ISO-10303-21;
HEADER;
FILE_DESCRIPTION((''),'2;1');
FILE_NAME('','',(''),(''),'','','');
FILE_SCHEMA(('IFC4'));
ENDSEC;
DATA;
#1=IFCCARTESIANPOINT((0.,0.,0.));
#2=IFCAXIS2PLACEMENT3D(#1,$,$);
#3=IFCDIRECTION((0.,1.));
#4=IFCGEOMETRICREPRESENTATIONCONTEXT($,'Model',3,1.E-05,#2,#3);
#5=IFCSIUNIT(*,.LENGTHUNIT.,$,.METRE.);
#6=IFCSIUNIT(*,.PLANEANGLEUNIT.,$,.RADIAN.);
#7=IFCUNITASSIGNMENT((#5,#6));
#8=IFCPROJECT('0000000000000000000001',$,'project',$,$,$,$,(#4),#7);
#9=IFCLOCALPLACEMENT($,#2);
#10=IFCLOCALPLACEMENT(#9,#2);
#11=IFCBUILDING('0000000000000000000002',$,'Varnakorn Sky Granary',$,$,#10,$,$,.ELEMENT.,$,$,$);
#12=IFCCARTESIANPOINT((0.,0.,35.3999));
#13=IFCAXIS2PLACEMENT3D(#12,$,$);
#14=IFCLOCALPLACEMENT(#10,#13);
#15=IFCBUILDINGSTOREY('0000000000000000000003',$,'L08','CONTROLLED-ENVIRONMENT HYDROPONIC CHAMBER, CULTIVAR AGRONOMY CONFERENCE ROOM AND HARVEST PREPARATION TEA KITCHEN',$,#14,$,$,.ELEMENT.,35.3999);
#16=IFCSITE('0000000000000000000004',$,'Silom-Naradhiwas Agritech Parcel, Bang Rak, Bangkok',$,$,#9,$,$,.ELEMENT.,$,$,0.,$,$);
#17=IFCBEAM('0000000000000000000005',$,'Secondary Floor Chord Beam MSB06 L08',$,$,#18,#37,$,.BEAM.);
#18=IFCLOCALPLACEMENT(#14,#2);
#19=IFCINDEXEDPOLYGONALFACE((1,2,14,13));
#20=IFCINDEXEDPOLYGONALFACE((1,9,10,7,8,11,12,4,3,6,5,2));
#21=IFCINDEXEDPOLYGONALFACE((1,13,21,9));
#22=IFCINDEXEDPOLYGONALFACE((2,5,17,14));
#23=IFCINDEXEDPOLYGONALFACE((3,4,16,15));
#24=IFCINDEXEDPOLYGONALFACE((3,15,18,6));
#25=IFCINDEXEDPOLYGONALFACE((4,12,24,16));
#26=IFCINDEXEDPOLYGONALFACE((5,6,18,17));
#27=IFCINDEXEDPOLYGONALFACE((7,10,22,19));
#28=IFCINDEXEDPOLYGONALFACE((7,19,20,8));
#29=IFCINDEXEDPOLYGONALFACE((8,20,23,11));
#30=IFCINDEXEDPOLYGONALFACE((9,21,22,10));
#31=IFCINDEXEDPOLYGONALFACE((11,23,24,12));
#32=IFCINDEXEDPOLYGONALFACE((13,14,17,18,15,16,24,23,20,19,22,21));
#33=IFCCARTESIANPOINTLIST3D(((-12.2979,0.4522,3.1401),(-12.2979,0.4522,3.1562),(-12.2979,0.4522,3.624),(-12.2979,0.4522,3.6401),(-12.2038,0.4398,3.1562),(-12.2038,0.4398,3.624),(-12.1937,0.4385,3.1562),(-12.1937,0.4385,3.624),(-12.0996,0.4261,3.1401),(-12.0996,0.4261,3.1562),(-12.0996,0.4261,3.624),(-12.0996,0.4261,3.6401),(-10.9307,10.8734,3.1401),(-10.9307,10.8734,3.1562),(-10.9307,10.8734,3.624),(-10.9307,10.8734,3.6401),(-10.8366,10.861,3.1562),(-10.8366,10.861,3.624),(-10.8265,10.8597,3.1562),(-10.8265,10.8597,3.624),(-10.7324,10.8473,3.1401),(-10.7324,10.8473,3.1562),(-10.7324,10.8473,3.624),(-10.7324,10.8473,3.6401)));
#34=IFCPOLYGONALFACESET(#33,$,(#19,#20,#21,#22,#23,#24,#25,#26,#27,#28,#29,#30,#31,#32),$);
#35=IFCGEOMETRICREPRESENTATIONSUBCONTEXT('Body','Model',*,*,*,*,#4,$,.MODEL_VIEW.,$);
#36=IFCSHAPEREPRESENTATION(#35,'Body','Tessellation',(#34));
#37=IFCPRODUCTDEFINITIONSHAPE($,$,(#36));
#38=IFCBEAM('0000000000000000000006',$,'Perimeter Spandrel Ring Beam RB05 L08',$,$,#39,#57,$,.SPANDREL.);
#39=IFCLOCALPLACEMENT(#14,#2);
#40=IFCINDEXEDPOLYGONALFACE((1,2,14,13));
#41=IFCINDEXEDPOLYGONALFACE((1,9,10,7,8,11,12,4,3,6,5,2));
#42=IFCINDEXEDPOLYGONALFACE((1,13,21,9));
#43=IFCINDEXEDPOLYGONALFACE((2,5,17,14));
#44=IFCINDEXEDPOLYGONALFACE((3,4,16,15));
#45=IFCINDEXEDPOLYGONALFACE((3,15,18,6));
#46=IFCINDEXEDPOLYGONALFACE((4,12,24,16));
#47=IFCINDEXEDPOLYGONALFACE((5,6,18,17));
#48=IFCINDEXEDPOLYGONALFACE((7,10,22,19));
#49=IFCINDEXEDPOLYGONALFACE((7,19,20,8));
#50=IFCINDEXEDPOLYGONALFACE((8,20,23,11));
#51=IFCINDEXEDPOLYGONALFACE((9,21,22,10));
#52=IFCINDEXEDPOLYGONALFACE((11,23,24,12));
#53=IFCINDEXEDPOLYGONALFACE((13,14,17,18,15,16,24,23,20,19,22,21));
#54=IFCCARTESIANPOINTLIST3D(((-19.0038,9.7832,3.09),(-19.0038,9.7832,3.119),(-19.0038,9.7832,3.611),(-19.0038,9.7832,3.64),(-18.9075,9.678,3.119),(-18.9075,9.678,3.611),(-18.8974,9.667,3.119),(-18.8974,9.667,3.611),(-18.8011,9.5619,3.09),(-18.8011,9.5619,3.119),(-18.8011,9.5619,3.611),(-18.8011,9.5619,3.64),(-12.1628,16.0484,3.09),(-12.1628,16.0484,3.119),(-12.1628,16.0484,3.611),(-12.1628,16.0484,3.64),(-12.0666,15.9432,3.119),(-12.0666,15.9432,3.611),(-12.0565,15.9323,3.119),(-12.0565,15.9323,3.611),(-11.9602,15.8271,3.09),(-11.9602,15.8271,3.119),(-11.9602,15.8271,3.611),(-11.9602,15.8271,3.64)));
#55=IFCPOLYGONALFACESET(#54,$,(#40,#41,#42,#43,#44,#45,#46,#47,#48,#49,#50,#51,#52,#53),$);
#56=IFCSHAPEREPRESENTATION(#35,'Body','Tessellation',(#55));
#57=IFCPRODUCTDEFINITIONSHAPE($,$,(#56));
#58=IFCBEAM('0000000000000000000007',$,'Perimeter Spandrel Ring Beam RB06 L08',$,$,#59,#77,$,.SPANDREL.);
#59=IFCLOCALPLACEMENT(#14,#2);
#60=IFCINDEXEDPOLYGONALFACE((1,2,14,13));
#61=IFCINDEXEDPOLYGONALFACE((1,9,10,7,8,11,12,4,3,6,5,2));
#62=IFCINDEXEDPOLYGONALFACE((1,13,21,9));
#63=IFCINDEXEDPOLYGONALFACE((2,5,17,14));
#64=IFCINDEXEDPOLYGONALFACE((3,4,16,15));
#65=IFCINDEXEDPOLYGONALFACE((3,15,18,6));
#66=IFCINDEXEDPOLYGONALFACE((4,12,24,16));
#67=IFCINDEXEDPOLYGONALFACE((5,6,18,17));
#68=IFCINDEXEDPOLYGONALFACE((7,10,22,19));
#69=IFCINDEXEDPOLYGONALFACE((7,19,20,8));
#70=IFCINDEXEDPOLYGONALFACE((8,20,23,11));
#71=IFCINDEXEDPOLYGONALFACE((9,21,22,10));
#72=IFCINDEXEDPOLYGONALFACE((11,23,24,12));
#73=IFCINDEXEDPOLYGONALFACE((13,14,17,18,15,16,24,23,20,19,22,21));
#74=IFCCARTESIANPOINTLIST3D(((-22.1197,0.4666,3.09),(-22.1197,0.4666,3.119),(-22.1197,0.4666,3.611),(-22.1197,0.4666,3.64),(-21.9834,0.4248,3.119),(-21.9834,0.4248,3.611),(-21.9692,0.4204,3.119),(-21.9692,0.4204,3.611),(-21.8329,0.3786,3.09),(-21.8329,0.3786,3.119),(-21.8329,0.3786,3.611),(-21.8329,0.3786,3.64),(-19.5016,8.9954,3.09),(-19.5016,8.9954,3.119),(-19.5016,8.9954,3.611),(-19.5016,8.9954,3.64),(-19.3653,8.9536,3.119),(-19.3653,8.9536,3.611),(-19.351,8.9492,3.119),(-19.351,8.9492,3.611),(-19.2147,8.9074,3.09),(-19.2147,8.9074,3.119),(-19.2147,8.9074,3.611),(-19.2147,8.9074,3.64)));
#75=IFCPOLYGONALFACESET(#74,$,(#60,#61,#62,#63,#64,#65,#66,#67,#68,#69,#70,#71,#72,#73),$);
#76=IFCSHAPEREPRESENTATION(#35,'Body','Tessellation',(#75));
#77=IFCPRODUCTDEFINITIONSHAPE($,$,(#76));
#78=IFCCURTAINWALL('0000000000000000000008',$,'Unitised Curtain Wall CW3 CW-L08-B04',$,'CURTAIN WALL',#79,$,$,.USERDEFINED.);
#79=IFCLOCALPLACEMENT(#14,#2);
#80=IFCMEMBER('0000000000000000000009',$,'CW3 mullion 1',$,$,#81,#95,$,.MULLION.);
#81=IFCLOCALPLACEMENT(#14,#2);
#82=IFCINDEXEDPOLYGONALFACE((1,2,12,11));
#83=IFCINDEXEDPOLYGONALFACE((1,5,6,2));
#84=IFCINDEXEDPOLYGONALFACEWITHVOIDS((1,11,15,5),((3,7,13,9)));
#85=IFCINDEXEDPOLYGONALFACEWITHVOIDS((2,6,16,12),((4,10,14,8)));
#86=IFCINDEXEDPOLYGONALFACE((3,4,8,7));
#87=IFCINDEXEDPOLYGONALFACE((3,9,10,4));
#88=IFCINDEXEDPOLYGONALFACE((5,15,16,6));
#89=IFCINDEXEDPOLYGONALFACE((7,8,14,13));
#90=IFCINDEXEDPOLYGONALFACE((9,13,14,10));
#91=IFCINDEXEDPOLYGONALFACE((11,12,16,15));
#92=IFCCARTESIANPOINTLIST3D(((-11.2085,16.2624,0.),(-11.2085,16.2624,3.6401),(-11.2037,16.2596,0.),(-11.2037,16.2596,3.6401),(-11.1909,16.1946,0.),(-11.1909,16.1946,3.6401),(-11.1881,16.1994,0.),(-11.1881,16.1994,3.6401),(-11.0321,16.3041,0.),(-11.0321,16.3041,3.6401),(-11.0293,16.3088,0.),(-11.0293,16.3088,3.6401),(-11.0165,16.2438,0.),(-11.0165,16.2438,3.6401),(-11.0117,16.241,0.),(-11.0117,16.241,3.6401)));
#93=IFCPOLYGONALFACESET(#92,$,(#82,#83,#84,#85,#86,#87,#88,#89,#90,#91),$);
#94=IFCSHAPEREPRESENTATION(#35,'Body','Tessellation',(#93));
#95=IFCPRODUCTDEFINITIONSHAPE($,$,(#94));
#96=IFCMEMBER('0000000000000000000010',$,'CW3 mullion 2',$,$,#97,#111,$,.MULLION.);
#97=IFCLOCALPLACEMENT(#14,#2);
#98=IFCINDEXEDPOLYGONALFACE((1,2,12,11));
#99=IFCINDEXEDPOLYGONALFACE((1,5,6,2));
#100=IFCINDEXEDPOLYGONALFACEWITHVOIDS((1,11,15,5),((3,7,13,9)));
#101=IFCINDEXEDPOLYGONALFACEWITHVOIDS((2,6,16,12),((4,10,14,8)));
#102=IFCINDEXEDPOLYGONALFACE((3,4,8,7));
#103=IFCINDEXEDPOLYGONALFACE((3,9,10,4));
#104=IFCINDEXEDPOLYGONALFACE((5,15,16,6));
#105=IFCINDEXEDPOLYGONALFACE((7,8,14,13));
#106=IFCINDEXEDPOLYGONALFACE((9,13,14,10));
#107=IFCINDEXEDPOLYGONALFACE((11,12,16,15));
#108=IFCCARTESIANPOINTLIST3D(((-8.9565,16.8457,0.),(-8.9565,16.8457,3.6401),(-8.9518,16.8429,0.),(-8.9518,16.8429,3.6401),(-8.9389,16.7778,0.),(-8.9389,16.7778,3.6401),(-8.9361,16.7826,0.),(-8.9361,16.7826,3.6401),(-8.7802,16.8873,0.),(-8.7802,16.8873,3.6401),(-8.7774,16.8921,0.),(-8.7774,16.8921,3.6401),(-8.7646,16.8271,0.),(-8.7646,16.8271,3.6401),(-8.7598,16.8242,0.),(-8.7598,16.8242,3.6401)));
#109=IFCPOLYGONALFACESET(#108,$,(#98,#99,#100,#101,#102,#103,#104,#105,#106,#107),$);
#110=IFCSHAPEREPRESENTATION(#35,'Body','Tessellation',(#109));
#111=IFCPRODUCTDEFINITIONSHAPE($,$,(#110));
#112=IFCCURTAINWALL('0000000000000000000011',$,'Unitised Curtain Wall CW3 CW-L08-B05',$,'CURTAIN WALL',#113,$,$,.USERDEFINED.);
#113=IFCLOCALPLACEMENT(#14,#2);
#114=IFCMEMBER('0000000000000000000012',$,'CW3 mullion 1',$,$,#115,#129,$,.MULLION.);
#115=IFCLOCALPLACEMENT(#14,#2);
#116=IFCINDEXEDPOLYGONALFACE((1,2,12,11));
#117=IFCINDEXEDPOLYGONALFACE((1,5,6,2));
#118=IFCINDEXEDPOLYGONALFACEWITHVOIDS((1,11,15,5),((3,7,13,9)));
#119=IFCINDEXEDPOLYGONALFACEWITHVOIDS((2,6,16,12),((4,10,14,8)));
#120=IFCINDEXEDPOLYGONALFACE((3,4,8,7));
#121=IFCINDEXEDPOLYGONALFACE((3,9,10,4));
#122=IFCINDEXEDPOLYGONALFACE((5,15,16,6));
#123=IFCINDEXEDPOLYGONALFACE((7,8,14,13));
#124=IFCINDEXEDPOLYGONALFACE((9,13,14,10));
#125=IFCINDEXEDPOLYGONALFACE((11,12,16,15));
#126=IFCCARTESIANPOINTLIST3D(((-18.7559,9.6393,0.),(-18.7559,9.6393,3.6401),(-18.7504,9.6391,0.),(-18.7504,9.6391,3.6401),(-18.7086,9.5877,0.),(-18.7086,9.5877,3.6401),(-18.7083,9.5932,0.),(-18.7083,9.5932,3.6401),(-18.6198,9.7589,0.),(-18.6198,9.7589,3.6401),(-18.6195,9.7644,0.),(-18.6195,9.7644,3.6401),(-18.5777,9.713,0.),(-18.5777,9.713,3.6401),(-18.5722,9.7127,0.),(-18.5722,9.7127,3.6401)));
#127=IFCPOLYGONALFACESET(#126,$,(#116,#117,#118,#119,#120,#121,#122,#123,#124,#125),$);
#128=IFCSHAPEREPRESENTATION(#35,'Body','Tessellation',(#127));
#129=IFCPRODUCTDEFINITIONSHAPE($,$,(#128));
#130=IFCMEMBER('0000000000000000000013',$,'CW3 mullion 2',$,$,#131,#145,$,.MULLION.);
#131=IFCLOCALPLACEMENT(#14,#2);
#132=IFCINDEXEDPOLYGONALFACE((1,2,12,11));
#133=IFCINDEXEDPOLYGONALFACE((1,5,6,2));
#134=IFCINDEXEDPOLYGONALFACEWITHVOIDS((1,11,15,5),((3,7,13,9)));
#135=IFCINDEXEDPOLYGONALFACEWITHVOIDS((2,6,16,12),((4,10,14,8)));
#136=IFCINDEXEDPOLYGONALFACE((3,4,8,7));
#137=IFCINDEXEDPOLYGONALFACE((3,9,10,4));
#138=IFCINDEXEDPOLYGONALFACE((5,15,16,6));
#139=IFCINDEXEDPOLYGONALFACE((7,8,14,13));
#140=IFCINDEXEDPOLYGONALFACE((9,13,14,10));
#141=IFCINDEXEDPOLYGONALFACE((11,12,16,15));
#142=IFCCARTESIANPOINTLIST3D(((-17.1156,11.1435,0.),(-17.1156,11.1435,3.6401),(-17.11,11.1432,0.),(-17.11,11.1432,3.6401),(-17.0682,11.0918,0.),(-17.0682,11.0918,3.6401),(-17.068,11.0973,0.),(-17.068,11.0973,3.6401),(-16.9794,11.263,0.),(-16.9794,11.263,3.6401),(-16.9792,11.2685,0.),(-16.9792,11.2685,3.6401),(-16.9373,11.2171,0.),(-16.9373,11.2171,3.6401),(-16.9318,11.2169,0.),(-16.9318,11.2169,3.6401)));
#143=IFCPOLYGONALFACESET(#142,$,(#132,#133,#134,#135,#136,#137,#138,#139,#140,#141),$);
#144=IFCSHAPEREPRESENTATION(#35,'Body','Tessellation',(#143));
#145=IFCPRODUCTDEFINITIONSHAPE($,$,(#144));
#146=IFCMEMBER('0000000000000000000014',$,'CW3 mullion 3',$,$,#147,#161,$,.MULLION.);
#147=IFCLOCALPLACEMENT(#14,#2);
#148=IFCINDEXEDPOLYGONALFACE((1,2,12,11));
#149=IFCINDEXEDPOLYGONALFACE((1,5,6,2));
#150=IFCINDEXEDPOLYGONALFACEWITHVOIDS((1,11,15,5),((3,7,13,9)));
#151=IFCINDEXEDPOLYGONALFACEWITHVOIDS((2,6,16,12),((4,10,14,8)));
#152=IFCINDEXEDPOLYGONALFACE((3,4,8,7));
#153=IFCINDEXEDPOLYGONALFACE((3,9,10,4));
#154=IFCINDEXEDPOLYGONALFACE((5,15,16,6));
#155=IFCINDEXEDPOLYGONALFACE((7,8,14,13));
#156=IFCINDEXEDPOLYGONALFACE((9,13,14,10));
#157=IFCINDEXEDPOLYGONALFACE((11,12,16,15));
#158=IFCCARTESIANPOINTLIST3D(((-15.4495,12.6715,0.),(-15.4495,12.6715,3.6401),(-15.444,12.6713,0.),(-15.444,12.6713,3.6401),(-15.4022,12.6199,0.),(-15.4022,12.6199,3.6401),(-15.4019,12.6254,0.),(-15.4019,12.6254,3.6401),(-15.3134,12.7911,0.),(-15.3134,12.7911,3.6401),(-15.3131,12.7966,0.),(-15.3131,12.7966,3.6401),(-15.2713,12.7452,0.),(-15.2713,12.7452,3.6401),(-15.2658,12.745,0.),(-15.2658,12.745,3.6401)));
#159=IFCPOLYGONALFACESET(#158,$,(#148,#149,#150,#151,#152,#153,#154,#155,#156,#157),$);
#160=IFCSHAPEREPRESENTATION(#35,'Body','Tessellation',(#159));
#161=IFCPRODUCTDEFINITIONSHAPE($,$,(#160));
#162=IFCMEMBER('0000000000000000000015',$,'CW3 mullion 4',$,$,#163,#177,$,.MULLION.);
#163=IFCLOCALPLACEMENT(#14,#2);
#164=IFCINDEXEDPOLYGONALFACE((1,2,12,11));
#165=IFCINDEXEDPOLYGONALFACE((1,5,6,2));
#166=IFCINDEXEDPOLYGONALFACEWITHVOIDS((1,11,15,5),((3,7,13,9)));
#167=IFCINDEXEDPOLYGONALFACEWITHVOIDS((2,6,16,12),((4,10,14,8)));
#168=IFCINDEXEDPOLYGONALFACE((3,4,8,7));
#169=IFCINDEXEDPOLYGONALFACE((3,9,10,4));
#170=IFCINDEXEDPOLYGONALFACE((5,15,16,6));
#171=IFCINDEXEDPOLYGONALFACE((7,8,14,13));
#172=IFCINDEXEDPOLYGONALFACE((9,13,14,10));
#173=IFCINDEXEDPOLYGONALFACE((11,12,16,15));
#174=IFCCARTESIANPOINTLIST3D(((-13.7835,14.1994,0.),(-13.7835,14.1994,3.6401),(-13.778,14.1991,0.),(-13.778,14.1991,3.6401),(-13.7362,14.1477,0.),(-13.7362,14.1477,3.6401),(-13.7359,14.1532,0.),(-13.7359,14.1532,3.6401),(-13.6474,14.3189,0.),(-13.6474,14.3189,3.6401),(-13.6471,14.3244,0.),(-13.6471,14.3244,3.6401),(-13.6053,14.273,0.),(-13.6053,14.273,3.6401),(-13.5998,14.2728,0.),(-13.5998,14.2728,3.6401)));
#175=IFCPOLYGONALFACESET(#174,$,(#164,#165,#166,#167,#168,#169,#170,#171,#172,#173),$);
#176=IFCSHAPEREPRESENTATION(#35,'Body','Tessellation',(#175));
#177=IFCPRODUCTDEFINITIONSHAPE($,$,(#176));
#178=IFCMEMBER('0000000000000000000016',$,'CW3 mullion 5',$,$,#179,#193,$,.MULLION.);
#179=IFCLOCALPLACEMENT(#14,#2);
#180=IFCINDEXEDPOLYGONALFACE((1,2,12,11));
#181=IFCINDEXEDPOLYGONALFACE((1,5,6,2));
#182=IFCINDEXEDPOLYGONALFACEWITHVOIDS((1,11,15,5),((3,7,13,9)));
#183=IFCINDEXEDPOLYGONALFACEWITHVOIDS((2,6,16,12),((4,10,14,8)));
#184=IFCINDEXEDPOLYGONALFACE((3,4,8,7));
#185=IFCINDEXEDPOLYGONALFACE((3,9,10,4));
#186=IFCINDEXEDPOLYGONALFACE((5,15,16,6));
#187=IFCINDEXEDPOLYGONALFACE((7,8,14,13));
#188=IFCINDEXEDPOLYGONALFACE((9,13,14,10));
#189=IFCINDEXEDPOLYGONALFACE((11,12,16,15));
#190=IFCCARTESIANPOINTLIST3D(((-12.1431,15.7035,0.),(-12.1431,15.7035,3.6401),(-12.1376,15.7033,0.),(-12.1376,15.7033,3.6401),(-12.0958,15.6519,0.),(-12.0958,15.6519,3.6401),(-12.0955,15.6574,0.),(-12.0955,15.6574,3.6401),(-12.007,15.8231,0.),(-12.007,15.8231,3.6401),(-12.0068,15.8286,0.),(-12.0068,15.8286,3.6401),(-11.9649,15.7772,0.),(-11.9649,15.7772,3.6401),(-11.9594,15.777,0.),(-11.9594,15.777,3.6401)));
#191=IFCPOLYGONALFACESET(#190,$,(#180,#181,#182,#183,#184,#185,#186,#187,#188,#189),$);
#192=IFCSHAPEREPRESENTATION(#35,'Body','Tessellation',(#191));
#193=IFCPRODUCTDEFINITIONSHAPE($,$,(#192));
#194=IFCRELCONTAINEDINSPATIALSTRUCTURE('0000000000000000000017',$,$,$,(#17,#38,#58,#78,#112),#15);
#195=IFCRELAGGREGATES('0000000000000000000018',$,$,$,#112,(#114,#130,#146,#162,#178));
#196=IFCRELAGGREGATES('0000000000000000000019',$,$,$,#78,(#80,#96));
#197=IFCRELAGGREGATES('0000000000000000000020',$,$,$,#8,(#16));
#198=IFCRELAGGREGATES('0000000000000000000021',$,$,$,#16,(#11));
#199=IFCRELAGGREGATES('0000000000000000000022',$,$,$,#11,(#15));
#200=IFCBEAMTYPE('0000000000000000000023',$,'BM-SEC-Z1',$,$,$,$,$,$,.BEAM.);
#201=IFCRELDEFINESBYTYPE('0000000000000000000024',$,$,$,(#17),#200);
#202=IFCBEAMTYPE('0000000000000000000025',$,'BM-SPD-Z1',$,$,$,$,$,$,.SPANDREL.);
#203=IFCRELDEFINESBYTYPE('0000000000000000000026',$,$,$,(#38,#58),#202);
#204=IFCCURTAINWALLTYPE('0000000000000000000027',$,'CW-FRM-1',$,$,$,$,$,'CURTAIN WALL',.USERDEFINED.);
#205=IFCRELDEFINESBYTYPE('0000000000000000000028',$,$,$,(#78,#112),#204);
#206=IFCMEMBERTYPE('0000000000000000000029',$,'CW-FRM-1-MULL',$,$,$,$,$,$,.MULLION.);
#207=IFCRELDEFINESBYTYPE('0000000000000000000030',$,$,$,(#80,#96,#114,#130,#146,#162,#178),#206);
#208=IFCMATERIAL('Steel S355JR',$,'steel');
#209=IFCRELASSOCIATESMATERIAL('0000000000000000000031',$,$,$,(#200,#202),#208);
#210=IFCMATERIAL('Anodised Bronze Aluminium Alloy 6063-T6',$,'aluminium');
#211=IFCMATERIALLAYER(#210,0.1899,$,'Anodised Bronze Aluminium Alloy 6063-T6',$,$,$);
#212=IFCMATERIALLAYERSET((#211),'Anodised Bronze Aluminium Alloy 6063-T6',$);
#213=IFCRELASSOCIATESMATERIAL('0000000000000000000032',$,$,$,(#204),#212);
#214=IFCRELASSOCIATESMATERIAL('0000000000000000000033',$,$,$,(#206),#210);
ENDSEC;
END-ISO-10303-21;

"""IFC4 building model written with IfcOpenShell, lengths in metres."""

from ifc_helpers import new_model, si_unit, direction, frame, origin, origin_2d, place, context, subcontext, project, spatial, hollow_rectangle, i_section, extrude, material, layer, layer_set, material_profile, profile_set, type_object, element, aggregate, save


model = new_model("IFC4")

# Units and contexts
model_context = context("Model", 3, precision=1e-05, world=origin(), true_north=direction((0.0, 1.0)))
body_context = subcontext(model_context, "Body", "Model", "MODEL_VIEW")
ifc_project = project(units=[si_unit("LENGTHUNIT", "METRE"), si_unit("PLANEANGLEUNIT", "RADIAN")], contexts=[model_context])

# Site, building, storey
site_placement = place(None, origin())
site = spatial("IfcSite", under=ifc_project, at=site_placement, Name="Silom-Naradhiwas Agritech Parcel, Bang Rak, Bangkok", CompositionType="ELEMENT", RefElevation=0.0)
building_placement = place(site_placement, origin())
building = spatial("IfcBuilding", under=site, at=building_placement, Name="Varnakorn Sky Granary", CompositionType="ELEMENT")
storey_placement = place(building_placement, frame((0.0, 0.0, 35.3999)))
storey = spatial("IfcBuildingStorey", under=building, at=storey_placement, Name="L08", Description="CONTROLLED-ENVIRONMENT HYDROPONIC CHAMBER, CULTIVAR AGRONOMY CONFERENCE ROOM AND HARVEST PREPARATION TEA KITCHEN", CompositionType="ELEMENT", Elevation=35.3999)

# Beams
ifc_material_1 = material(Name="Steel S355JR", Category="steel")
ifc_material_profile_1 = material_profile(ifc_material_1, i_section(OverallWidth=0.2, OverallDepth=0.5, WebThickness=0.0103, FlangeThickness=0.0161, at=origin_2d()), Name="IPE 500")
ifc_profile_set_1 = profile_set([ifc_material_profile_1], Name="Steel S355JR")
beam_type_1 = type_object("IfcBeamType", Name="BM-SEC-Z1", PredefinedType="BEAM", material=ifc_profile_set_1)
beam_1_placement = place(storey_placement, frame((-10.8315, 10.8604, 3.3901), z_axis=(-0.130079, -0.991504, 0.0), x_axis=(0.991504, -0.130079, 0.0)))
element("IfcBeam", 1, at=beam_1_placement, inside=storey, type_object=beam_type_1, Name="Secondary Floor Chord Beam MSB06 L08", PredefinedType="BEAM", context=body_context, shape_type="SweptSolid", body=[
    extrude(i_section(OverallWidth=0.2, OverallDepth=0.5, WebThickness=0.0103, FlangeThickness=0.0161, at=origin_2d()), origin(), (0.0, 0.0, 1.0), 10.5105),
])
ifc_material_profile_2 = material_profile(ifc_material_1, i_section(OverallWidth=0.3, OverallDepth=0.55, WebThickness=0.0149, FlangeThickness=0.0291, at=origin_2d()), Name="HE 550 B")
ifc_profile_set_2 = profile_set([ifc_material_profile_2], Name="Steel S355JR")
beam_type_2 = type_object("IfcBeamType", Name="BM-SPD-Z1", PredefinedType="SPANDREL", material=ifc_profile_set_2)
beam_2_placement = place(storey_placement, frame((-12.0615, 15.9377, 3.365), z_axis=(-0.737456, -0.675396, 0.0), x_axis=(0.675396, -0.737456, 0.0)))
element("IfcBeam", 2, at=beam_2_placement, inside=storey, type_object=beam_type_2, Name="Perimeter Spandrel Ring Beam RB05 L08", PredefinedType="SPANDREL", context=body_context, shape_type="SweptSolid", body=[
    extrude(i_section(OverallWidth=0.3, OverallDepth=0.55, WebThickness=0.0149, FlangeThickness=0.0291, at=origin_2d()), origin(), (0.0, 0.0, 1.0), 9.2764),
])
beam_3_placement = place(storey_placement, frame((-19.3582, 8.9514, 3.365), z_axis=(-0.293463, -0.955971, 0.0), x_axis=(0.955971, -0.293463, 0.0)))
element("IfcBeam", 3, at=beam_3_placement, inside=storey, type_object=beam_type_2, Name="Perimeter Spandrel Ring Beam RB06 L08", PredefinedType="SPANDREL", context=body_context, shape_type="SweptSolid", body=[
    extrude(i_section(OverallWidth=0.3, OverallDepth=0.55, WebThickness=0.0149, FlangeThickness=0.0291, at=origin_2d()), origin(), (0.0, 0.0, 1.0), 8.9216),
])

# Curtain walls, members
ifc_material_2 = material(Name="Anodised Bronze Aluminium Alloy 6063-T6", Category="aluminium")
ifc_layer_1 = layer(ifc_material_2, 0.1899, Name="Anodised Bronze Aluminium Alloy 6063-T6")
ifc_layer_set_1 = layer_set([ifc_layer_1], Name="Anodised Bronze Aluminium Alloy 6063-T6")
curtain_wall_type = type_object("IfcCurtainWallType", Name="CW-FRM-1", ElementType="CURTAIN WALL", PredefinedType="USERDEFINED", material=ifc_layer_set_1)
curtain_wall_1_placement = place(storey_placement, origin())
curtain_wall_1 = element("IfcCurtainWall", 4, at=curtain_wall_1_placement, inside=storey, type_object=curtain_wall_type, Name="Unitised Curtain Wall CW3 CW-L08-B04", ObjectType="CURTAIN WALL", PredefinedType="USERDEFINED")
ifc_material_profile_3 = material_profile(ifc_material_2, hollow_rectangle(XDim=0.0701, YDim=0.1851, WallThickness=0.0039, at=origin_2d()), Name="ALU MULL 70x185")
ifc_profile_set_3 = profile_set([ifc_material_profile_3], Name="Anodised Bronze Aluminium Alloy 6063-T6")
member_type_1 = type_object("IfcMemberType", Name="CW-FRM-1-MULL", PredefinedType="MULLION", material=ifc_profile_set_3)
member_1_placement = place(storey_placement, frame((-11.1101, 16.2517, 0.0), z_axis=(0.0, 0.0, 1.0), x_axis=(-0.25076, 0.968049, 0.0)))
member_1 = element("IfcMember", 5, at=member_1_placement, type_object=member_type_1, Name="CW3 mullion 1", PredefinedType="MULLION", context=body_context, shape_type="SweptSolid", body=[
    extrude(hollow_rectangle(XDim=0.0701, YDim=0.1851, WallThickness=0.0039, at=origin_2d()), origin(), (0.0, 0.0, 1.0), 3.6401),
])
member_2_placement = place(storey_placement, frame((-8.8582, 16.835, 0.0), z_axis=(0.0, 0.0, 1.0), x_axis=(-0.25076, 0.968049, 0.0)))
member_2 = element("IfcMember", 6, at=member_2_placement, type_object=member_type_1, Name="CW3 mullion 2", PredefinedType="MULLION", context=body_context, shape_type="SweptSolid", body=[
    extrude(hollow_rectangle(XDim=0.0701, YDim=0.1851, WallThickness=0.0039, at=origin_2d()), origin(), (0.0, 0.0, 1.0), 3.6401),
])
curtain_wall_2_placement = place(storey_placement, origin())
curtain_wall_2 = element("IfcCurtainWall", 7, at=curtain_wall_2_placement, inside=storey, type_object=curtain_wall_type, Name="Unitised Curtain Wall CW3 CW-L08-B05", ObjectType="CURTAIN WALL", PredefinedType="USERDEFINED")
member_3_placement = place(storey_placement, frame((-18.6641, 9.676, 0.0), z_axis=(0.0, 0.0, 1.0), x_axis=(-0.675878, 0.737013, 0.0)))
member_3 = element("IfcMember", 8, at=member_3_placement, type_object=member_type_1, Name="CW3 mullion 1", PredefinedType="MULLION", context=body_context, shape_type="SweptSolid", body=[
    extrude(hollow_rectangle(XDim=0.0701, YDim=0.1851, WallThickness=0.0039, at=origin_2d()), origin(), (0.0, 0.0, 1.0), 3.6401),
])
member_4_placement = place(storey_placement, frame((-17.0237, 11.1802, 0.0), z_axis=(0.0, 0.0, 1.0), x_axis=(-0.675878, 0.737013, 0.0)))
member_4 = element("IfcMember", 9, at=member_4_placement, type_object=member_type_1, Name="CW3 mullion 2", PredefinedType="MULLION", context=body_context, shape_type="SweptSolid", body=[
    extrude(hollow_rectangle(XDim=0.0701, YDim=0.1851, WallThickness=0.0039, at=origin_2d()), origin(), (0.0, 0.0, 1.0), 3.6401),
])
member_5_placement = place(storey_placement, frame((-15.3577, 12.7083, 0.0), z_axis=(0.0, 0.0, 1.0), x_axis=(-0.675878, 0.737013, 0.0)))
member_5 = element("IfcMember", 10, at=member_5_placement, type_object=member_type_1, Name="CW3 mullion 3", PredefinedType="MULLION", context=body_context, shape_type="SweptSolid", body=[
    extrude(hollow_rectangle(XDim=0.0701, YDim=0.1851, WallThickness=0.0039, at=origin_2d()), origin(), (0.0, 0.0, 1.0), 3.6401),
])
member_6_placement = place(storey_placement, frame((-13.6917, 14.2361, 0.0), z_axis=(0.0, 0.0, 1.0), x_axis=(-0.675878, 0.737013, 0.0)))
member_6 = element("IfcMember", 11, at=member_6_placement, type_object=member_type_1, Name="CW3 mullion 4", PredefinedType="MULLION", context=body_context, shape_type="SweptSolid", body=[
    extrude(hollow_rectangle(XDim=0.0701, YDim=0.1851, WallThickness=0.0039, at=origin_2d()), origin(), (0.0, 0.0, 1.0), 3.6401),
])
member_7_placement = place(storey_placement, frame((-12.0513, 15.7402, 0.0), z_axis=(0.0, 0.0, 1.0), x_axis=(-0.675878, 0.737013, 0.0)))
member_7 = element("IfcMember", 12, at=member_7_placement, type_object=member_type_1, Name="CW3 mullion 5", PredefinedType="MULLION", context=body_context, shape_type="SweptSolid", body=[
    extrude(hollow_rectangle(XDim=0.0701, YDim=0.1851, WallThickness=0.0039, at=origin_2d()), origin(), (0.0, 0.0, 1.0), 3.6401),
])

aggregate(curtain_wall_2, [member_3, member_4, member_5, member_6, member_7])
aggregate(curtain_wall_1, [member_1, member_2])

save(model, "model.ifc")
